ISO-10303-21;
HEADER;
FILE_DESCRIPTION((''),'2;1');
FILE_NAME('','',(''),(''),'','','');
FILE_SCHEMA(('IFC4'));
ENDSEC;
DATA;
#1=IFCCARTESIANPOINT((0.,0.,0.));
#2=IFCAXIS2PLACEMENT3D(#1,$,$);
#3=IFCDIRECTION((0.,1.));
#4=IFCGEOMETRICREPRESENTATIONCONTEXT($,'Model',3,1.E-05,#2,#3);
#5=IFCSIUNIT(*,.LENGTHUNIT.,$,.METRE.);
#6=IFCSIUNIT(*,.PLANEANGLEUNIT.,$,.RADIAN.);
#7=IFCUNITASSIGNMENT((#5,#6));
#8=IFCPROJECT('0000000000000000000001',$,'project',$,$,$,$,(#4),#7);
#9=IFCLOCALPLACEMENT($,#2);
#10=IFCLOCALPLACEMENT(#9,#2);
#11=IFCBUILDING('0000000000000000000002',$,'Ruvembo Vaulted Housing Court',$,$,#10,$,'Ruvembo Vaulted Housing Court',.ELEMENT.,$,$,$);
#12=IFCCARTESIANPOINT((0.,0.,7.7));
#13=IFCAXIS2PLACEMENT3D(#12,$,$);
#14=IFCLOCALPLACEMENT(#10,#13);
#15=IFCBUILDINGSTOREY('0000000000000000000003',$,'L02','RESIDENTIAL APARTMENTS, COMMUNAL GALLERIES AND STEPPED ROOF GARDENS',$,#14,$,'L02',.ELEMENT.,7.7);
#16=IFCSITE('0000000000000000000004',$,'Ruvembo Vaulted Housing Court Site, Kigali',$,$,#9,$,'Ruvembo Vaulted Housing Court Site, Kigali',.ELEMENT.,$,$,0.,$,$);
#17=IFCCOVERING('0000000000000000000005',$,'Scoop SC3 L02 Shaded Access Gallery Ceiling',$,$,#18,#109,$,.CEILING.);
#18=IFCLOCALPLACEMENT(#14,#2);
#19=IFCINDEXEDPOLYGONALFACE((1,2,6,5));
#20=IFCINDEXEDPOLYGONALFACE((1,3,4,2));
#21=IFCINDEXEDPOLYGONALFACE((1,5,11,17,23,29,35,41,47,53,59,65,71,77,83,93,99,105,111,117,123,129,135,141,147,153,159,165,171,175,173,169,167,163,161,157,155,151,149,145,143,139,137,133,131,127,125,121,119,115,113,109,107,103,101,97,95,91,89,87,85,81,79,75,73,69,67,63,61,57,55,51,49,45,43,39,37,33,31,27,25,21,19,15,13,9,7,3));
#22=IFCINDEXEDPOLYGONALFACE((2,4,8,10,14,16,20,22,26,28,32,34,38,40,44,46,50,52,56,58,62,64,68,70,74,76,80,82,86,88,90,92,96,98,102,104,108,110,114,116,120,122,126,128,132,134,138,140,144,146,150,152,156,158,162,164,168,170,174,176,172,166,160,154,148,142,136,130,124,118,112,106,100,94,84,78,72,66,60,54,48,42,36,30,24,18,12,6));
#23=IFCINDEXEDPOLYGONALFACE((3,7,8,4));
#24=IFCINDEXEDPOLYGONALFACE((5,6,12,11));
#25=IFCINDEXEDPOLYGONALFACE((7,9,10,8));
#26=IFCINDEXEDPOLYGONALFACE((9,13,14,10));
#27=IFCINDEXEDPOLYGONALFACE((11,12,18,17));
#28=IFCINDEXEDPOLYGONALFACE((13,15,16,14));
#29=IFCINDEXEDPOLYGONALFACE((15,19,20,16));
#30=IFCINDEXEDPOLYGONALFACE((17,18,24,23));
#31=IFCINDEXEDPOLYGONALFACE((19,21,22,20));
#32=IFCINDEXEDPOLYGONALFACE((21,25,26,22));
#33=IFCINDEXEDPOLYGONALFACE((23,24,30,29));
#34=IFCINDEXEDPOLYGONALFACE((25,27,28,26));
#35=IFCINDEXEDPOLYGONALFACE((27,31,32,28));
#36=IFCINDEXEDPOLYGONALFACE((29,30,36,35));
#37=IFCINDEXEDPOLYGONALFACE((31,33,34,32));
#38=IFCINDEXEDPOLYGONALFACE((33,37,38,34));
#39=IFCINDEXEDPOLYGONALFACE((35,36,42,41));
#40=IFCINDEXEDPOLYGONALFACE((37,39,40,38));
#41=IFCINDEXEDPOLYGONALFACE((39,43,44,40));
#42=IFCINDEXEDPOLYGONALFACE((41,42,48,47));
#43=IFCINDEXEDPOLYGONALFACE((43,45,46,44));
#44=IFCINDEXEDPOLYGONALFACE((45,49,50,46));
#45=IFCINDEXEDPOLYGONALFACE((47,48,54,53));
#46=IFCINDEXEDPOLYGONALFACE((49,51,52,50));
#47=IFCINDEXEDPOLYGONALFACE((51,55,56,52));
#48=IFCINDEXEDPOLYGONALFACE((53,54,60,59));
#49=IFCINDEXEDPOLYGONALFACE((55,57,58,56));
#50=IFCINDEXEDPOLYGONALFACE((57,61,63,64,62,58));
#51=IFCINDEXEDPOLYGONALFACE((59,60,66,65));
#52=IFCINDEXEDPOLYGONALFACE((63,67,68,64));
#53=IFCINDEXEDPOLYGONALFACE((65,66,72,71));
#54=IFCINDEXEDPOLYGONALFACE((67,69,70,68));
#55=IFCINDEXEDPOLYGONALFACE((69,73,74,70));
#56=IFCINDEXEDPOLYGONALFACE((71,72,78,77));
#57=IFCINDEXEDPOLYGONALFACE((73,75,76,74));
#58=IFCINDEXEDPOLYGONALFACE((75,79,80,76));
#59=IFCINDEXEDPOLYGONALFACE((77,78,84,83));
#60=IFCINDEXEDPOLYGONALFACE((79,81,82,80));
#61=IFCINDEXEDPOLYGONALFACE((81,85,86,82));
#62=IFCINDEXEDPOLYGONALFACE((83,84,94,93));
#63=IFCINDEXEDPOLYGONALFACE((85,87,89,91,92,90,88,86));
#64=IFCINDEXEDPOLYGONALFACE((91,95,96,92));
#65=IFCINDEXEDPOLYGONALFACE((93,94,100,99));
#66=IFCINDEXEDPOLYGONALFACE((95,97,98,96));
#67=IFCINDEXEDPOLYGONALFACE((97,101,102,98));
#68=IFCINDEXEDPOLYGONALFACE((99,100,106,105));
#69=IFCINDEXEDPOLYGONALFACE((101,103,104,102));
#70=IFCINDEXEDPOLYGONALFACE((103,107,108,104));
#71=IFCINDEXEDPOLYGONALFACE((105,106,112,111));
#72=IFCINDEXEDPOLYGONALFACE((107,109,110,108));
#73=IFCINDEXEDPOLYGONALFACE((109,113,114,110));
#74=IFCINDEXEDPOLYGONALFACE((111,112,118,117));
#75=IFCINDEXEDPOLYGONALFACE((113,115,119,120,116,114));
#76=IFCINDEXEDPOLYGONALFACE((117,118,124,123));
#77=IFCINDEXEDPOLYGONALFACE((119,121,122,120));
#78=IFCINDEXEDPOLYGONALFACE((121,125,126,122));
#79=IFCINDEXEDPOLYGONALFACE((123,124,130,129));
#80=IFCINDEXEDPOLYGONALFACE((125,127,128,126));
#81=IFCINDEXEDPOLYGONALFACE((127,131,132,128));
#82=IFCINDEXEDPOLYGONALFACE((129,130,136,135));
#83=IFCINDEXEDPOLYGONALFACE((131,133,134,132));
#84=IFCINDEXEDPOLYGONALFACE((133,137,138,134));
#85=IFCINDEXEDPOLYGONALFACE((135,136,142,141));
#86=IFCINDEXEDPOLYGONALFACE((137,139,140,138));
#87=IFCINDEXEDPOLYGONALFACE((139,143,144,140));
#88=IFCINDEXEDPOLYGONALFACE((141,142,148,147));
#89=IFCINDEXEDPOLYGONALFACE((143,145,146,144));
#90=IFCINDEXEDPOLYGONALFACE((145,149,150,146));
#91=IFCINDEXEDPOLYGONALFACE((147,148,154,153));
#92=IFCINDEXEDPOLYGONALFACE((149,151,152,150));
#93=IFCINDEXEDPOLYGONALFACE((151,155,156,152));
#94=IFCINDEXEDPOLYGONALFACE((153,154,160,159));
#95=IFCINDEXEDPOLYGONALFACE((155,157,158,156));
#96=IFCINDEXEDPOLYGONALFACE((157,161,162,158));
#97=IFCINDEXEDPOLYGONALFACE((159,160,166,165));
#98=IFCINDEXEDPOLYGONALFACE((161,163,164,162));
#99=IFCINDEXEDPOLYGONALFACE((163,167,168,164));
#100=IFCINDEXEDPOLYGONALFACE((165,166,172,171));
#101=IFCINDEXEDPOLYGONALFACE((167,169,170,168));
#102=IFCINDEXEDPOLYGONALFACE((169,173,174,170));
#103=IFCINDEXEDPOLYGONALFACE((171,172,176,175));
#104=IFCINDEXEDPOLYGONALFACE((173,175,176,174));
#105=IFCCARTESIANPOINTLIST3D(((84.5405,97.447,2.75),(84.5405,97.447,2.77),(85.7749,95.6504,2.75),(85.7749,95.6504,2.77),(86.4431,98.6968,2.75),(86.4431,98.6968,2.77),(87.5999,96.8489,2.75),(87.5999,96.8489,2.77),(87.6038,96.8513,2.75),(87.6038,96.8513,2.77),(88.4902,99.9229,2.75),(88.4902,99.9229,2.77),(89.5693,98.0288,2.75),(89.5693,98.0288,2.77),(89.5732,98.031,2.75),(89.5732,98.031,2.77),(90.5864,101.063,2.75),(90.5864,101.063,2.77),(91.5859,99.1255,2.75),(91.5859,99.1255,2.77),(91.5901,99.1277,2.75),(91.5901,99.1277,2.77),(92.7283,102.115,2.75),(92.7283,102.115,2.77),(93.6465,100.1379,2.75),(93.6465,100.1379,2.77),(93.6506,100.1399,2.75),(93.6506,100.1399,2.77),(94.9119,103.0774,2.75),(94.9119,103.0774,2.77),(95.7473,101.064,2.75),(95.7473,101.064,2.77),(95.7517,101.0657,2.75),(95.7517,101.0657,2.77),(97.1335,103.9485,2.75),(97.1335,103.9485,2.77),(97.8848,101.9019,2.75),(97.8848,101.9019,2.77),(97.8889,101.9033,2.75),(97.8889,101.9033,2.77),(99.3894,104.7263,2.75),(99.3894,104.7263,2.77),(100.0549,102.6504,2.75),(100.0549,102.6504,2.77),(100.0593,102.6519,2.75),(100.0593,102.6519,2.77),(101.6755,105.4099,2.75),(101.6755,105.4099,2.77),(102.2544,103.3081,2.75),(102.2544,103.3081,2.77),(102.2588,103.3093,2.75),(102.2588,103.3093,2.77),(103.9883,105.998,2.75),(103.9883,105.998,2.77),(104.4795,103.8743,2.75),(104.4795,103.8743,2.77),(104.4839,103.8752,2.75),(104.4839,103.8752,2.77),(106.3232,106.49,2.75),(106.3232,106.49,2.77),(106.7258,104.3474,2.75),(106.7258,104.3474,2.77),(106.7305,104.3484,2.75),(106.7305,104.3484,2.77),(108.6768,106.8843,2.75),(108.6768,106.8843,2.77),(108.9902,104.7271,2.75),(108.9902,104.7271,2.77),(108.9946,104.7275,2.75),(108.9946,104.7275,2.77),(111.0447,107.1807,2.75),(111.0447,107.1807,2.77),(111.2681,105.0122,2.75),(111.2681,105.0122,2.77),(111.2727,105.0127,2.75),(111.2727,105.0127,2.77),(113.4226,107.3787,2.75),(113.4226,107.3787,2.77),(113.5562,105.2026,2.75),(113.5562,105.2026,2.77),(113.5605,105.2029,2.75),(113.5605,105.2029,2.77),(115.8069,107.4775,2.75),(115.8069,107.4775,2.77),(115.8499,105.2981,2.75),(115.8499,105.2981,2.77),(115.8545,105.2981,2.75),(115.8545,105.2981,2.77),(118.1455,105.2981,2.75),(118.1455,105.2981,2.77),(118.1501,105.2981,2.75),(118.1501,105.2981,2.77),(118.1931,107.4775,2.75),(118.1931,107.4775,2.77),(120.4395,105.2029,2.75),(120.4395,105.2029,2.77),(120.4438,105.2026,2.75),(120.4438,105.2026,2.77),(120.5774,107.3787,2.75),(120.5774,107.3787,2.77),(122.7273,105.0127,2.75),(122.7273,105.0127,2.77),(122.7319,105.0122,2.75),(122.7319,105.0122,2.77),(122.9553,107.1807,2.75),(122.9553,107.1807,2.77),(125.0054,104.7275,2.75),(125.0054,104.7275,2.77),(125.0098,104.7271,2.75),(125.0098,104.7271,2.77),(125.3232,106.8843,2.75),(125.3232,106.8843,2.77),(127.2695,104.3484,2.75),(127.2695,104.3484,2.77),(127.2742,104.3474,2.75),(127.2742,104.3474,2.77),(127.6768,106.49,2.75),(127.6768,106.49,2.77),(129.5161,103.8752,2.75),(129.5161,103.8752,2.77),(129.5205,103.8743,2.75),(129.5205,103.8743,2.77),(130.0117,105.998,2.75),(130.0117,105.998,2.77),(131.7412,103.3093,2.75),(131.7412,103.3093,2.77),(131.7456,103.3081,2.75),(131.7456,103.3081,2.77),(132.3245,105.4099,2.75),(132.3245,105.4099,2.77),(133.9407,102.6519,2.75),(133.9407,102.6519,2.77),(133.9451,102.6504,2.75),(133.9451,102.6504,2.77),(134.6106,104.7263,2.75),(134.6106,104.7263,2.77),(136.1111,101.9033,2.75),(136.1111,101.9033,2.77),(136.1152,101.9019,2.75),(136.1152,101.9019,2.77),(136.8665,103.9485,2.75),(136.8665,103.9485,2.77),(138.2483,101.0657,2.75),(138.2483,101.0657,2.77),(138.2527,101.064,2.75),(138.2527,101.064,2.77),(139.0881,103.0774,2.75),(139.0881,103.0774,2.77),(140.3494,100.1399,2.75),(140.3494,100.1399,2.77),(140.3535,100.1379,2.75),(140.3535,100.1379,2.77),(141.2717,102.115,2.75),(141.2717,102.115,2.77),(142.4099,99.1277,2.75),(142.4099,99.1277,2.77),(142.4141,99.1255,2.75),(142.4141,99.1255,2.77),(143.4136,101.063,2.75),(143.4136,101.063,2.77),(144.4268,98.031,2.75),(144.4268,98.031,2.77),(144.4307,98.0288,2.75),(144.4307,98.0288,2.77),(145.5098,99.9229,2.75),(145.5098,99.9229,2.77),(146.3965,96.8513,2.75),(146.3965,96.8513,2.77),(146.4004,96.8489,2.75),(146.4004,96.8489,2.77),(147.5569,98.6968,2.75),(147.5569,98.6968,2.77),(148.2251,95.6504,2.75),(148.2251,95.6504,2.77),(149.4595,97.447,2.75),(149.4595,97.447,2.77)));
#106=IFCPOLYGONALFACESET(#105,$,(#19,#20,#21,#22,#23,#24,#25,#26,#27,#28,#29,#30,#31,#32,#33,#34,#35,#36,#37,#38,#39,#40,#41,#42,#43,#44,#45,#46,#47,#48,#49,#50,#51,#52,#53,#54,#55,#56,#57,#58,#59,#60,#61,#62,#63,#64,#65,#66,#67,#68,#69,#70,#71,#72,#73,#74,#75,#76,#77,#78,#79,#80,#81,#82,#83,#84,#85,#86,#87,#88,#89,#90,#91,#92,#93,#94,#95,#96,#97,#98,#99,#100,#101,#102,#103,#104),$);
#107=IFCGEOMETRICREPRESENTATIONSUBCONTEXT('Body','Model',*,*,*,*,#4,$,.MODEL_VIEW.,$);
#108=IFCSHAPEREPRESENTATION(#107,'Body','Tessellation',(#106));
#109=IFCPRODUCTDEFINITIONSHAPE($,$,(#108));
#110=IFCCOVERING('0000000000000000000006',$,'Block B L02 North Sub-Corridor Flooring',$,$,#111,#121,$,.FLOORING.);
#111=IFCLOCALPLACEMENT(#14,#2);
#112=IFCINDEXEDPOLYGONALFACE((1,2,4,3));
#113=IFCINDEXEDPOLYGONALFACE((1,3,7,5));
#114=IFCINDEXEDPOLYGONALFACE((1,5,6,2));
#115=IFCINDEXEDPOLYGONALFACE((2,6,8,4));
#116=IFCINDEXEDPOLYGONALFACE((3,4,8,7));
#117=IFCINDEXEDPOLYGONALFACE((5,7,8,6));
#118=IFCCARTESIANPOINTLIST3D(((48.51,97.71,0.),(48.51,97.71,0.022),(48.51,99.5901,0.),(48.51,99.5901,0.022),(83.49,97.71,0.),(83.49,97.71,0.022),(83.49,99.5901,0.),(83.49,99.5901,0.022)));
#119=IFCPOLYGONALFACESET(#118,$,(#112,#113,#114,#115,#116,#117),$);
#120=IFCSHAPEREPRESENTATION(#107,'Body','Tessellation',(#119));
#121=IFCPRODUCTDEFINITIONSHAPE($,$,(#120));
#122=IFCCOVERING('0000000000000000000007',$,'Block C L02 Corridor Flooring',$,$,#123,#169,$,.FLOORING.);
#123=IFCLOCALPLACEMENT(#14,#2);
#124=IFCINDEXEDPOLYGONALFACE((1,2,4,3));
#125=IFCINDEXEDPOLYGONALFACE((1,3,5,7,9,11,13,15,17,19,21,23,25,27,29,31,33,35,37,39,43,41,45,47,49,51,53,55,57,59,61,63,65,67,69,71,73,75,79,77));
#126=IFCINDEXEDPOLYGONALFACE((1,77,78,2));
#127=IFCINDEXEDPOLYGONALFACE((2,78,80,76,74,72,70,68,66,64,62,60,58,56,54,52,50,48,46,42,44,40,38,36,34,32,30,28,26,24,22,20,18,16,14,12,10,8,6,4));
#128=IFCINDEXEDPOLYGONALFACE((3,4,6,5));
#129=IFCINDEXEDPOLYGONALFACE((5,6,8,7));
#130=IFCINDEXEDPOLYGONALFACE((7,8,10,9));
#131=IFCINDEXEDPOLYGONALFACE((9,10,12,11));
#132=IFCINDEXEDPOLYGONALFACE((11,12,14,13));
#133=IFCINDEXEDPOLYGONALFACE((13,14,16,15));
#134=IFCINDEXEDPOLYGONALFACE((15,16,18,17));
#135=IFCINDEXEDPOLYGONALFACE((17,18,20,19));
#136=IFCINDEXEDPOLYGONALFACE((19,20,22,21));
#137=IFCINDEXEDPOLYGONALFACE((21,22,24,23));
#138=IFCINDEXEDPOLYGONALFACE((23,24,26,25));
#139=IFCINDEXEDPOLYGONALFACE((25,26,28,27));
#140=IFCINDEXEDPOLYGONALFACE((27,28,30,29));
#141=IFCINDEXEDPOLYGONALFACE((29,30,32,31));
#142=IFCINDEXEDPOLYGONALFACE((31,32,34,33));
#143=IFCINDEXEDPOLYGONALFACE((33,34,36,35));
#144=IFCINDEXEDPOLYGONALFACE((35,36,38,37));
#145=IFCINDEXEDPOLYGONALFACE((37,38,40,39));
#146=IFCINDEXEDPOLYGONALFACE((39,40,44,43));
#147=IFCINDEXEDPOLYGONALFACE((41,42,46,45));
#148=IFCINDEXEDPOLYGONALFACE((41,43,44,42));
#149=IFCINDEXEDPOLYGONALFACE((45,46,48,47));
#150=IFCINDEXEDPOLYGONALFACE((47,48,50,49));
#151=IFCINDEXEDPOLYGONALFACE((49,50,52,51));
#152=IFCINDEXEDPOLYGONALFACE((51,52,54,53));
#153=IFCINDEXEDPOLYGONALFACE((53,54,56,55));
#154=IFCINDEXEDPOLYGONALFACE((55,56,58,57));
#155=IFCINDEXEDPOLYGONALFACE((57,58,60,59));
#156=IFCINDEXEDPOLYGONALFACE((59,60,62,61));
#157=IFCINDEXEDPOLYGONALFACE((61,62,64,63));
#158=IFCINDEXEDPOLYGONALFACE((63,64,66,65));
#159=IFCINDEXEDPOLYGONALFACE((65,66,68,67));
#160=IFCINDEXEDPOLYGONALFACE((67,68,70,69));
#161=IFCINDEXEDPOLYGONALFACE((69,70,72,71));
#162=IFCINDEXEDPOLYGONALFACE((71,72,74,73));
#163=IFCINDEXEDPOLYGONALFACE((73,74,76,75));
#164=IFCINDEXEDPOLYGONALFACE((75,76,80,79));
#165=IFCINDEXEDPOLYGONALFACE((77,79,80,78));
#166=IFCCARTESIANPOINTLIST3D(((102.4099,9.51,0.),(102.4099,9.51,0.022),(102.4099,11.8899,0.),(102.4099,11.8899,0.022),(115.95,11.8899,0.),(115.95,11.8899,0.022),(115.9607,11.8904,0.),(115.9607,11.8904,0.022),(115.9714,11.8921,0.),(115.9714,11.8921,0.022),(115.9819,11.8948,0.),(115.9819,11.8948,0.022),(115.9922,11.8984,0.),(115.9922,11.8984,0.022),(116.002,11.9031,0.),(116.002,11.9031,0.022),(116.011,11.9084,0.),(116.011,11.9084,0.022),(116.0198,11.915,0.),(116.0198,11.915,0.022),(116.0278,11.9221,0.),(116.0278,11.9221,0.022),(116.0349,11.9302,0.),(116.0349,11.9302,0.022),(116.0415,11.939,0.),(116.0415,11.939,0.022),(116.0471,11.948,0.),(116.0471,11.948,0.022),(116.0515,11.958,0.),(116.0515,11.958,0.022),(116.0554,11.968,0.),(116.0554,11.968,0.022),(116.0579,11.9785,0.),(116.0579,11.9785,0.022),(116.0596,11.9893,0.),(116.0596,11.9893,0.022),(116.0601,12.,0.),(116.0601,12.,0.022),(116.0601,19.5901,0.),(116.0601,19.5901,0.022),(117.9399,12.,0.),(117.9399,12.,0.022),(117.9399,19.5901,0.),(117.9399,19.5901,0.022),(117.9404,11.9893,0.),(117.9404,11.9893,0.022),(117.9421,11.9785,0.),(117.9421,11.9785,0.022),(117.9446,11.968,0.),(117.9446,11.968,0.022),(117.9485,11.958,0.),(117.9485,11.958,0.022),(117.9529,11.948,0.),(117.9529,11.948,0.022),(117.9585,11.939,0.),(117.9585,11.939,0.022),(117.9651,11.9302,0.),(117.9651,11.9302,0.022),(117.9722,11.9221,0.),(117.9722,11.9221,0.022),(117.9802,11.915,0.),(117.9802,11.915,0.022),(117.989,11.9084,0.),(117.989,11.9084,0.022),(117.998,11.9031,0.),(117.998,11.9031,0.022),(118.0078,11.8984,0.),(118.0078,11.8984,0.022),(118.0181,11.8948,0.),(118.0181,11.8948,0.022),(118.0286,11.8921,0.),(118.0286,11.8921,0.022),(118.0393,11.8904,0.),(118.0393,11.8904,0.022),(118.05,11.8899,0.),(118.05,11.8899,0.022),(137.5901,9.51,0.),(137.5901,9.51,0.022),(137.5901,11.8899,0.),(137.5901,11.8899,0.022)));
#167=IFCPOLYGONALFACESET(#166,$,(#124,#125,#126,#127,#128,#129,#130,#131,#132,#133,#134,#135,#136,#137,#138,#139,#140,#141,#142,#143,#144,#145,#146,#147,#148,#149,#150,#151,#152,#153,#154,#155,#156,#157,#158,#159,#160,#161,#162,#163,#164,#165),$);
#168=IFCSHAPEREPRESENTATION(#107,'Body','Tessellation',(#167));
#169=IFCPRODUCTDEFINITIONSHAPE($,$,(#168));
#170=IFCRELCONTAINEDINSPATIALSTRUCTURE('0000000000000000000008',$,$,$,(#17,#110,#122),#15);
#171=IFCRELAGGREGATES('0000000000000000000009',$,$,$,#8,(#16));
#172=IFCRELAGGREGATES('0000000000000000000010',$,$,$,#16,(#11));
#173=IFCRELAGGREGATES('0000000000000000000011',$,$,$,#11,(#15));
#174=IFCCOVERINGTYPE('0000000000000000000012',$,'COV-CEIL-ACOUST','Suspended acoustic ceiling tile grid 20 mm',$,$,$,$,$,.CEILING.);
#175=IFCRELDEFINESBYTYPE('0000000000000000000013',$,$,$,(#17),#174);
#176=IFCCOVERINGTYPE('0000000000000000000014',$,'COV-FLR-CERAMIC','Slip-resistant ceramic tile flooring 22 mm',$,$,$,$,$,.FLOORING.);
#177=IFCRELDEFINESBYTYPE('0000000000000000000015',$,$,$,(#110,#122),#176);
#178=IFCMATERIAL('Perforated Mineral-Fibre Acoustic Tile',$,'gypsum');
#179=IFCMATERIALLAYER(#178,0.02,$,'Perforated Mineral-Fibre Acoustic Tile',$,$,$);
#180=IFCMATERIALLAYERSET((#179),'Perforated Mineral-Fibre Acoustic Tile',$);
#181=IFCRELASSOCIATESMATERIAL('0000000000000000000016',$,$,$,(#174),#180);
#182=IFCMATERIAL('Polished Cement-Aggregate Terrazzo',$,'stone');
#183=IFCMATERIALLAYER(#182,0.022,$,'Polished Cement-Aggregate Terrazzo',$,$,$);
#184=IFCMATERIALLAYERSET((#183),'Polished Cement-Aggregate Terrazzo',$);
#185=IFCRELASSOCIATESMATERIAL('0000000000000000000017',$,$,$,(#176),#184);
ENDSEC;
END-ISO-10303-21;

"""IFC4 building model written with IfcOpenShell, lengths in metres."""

from ifc_helpers import new_model, si_unit, direction, frame, origin, place, context, subcontext, project, spatial, polyline, outline, extrude, material, layer, layer_set, type_object, element, save


model = new_model("IFC4")

# Units and contexts
model_context = context("Model", 3, precision=1e-05, world=origin(), true_north=direction((0.0, 1.0)))
body_context = subcontext(model_context, "Body", "Model", "MODEL_VIEW")
ifc_project = project(units=[si_unit("LENGTHUNIT", "METRE"), si_unit("PLANEANGLEUNIT", "RADIAN")], contexts=[model_context])

# Site, building, storey
site_placement = place(None, origin())
site = spatial("IfcSite", under=ifc_project, at=site_placement, Name="Ruvembo Vaulted Housing Court Site, Kigali", LongName="Ruvembo Vaulted Housing Court Site, Kigali", CompositionType="ELEMENT", RefElevation=0.0)
building_placement = place(site_placement, origin())
building = spatial("IfcBuilding", under=site, at=building_placement, Name="Ruvembo Vaulted Housing Court", LongName="Ruvembo Vaulted Housing Court", CompositionType="ELEMENT")
storey_placement = place(building_placement, frame((0.0, 0.0, 7.7)))
storey = spatial("IfcBuildingStorey", under=building, at=storey_placement, Name="L02", Description="RESIDENTIAL APARTMENTS, COMMUNAL GALLERIES AND STEPPED ROOF GARDENS", LongName="L02", CompositionType="ELEMENT", Elevation=7.7)

# Coverings
ifc_material_1 = material(Name="Perforated Mineral-Fibre Acoustic Tile", Category="gypsum")
ifc_layer_1 = layer(ifc_material_1, 0.02, Name="Perforated Mineral-Fibre Acoustic Tile")
ifc_layer_set_1 = layer_set([ifc_layer_1], Name="Perforated Mineral-Fibre Acoustic Tile")
covering_type_1 = type_object("IfcCoveringType", Name="COV-CEIL-ACOUST", Description="Suspended acoustic ceiling tile grid 20 mm", PredefinedType="CEILING", material=ifc_layer_set_1)
covering_1_placement = place(storey_placement, frame((0.0, 0.0, 2.75)))
element("IfcCovering", 1, at=covering_1_placement, inside=storey, type_object=covering_type_1, Name="Scoop SC3 L02 Shaded Access Gallery Ceiling", PredefinedType="CEILING", context=body_context, shape_type="SweptSolid", body=[
    extrude(outline(polyline([(87.5999, 96.8489), (87.6038, 96.8513), (89.5693, 98.0288), (89.5732, 98.031), (91.5859, 99.1255), (91.5901, 99.1277), (93.6465, 100.1379), (93.6506, 100.1399), (95.7473, 101.064), (95.7517, 101.0657), (97.8848, 101.9019), (97.8889, 101.9033), (100.0549, 102.6504), (100.0593, 102.6519), (102.2544, 103.3081), (102.2588, 103.3093), (104.4795, 103.8743), (104.4839, 103.8752), (106.7258, 104.3474), (106.7305, 104.3484), (108.9902, 104.7271), (108.9946, 104.7275), (111.2681, 105.0122), (111.2727, 105.0127), (113.5562, 105.2026), (113.5605, 105.2029), (115.8499, 105.2981), (115.8545, 105.2981), (118.1455, 105.2981), (118.1501, 105.2981), (120.4395, 105.2029), (120.4438, 105.2026), (122.7273, 105.0127), (122.7319, 105.0122), (125.0054, 104.7275), (125.0098, 104.7271), (127.2695, 104.3484), (127.2742, 104.3474), (129.5161, 103.8752), (129.5205, 103.8743), (131.7412, 103.3093), (131.7456, 103.3081), (133.9407, 102.6519), (133.9451, 102.6504), (136.1111, 101.9033), (136.1152, 101.9019), (138.2483, 101.0657), (138.2527, 101.064), (140.3494, 100.1399), (140.3535, 100.1379), (142.4099, 99.1277), (142.4141, 99.1255), (144.4268, 98.031), (144.4307, 98.0288), (146.3965, 96.8513), (146.4004, 96.8489), (148.2251, 95.6504), (149.4595, 97.447), (147.5569, 98.6968), (145.5098, 99.9229), (143.4136, 101.063), (141.2717, 102.115), (139.0881, 103.0774), (136.8665, 103.9485), (134.6106, 104.7263), (132.3245, 105.4099), (130.0117, 105.998), (127.6768, 106.49), (125.3232, 106.8843), (122.9553, 107.1807), (120.5774, 107.3787), (118.1931, 107.4775), (115.8069, 107.4775), (113.4226, 107.3787), (111.0447, 107.1807), (108.6768, 106.8843), (106.3232, 106.49), (103.9883, 105.998), (101.6755, 105.4099), (99.3894, 104.7263), (97.1335, 103.9485), (94.9119, 103.0774), (92.7283, 102.115), (90.5864, 101.063), (88.4902, 99.9229), (86.4431, 98.6968), (84.5405, 97.447), (85.7749, 95.6504), (87.5999, 96.8489)])), origin(), (0.0, 0.0, 1.0), 0.02),
])
ifc_material_2 = material(Name="Polished Cement-Aggregate Terrazzo", Category="stone")
ifc_layer_2 = layer(ifc_material_2, 0.022, Name="Polished Cement-Aggregate Terrazzo")
ifc_layer_set_2 = layer_set([ifc_layer_2], Name="Polished Cement-Aggregate Terrazzo")
covering_type_2 = type_object("IfcCoveringType", Name="COV-FLR-CERAMIC", Description="Slip-resistant ceramic tile flooring 22 mm", PredefinedType="FLOORING", material=ifc_layer_set_2)
covering_2_placement = place(storey_placement, origin())
element("IfcCovering", 2, at=covering_2_placement, inside=storey, type_object=covering_type_2, Name="Block B L02 North Sub-Corridor Flooring", PredefinedType="FLOORING", context=body_context, shape_type="SweptSolid", body=[
    extrude(outline(polyline([(48.51, 97.71), (83.49, 97.71), (83.49, 99.5901), (48.51, 99.5901), (48.51, 97.71)])), origin(), (0.0, 0.0, 1.0), 0.022),
])
covering_3_placement = place(storey_placement, origin())
element("IfcCovering", 3, at=covering_3_placement, inside=storey, type_object=covering_type_2, Name="Block C L02 Corridor Flooring", PredefinedType="FLOORING", context=body_context, shape_type="SweptSolid", body=[
    extrude(outline(polyline([(137.5901, 9.51), (137.5901, 11.8899), (118.05, 11.8899), (118.0393, 11.8904), (118.0286, 11.8921), (118.0181, 11.8948), (118.0078, 11.8984), (117.998, 11.9031), (117.989, 11.9084), (117.9802, 11.915), (117.9722, 11.9221), (117.9651, 11.9302), (117.9585, 11.939), (117.9529, 11.948), (117.9485, 11.958), (117.9446, 11.968), (117.9421, 11.9785), (117.9404, 11.9893), (117.9399, 12.0), (117.9399, 19.5901), (116.0601, 19.5901), (116.0601, 12.0), (116.0596, 11.9893), (116.0579, 11.9785), (116.0554, 11.968), (116.0515, 11.958), (116.0471, 11.948), (116.0415, 11.939), (116.0349, 11.9302), (116.0278, 11.9221), (116.0198, 11.915), (116.011, 11.9084), (116.002, 11.9031), (115.9922, 11.8984), (115.9819, 11.8948), (115.9714, 11.8921), (115.9607, 11.8904), (115.95, 11.8899), (102.4099, 11.8899), (102.4099, 9.51), (137.5901, 9.51)])), origin(), (0.0, 0.0, 1.0), 0.022),
])

save(model, "model.ifc")
